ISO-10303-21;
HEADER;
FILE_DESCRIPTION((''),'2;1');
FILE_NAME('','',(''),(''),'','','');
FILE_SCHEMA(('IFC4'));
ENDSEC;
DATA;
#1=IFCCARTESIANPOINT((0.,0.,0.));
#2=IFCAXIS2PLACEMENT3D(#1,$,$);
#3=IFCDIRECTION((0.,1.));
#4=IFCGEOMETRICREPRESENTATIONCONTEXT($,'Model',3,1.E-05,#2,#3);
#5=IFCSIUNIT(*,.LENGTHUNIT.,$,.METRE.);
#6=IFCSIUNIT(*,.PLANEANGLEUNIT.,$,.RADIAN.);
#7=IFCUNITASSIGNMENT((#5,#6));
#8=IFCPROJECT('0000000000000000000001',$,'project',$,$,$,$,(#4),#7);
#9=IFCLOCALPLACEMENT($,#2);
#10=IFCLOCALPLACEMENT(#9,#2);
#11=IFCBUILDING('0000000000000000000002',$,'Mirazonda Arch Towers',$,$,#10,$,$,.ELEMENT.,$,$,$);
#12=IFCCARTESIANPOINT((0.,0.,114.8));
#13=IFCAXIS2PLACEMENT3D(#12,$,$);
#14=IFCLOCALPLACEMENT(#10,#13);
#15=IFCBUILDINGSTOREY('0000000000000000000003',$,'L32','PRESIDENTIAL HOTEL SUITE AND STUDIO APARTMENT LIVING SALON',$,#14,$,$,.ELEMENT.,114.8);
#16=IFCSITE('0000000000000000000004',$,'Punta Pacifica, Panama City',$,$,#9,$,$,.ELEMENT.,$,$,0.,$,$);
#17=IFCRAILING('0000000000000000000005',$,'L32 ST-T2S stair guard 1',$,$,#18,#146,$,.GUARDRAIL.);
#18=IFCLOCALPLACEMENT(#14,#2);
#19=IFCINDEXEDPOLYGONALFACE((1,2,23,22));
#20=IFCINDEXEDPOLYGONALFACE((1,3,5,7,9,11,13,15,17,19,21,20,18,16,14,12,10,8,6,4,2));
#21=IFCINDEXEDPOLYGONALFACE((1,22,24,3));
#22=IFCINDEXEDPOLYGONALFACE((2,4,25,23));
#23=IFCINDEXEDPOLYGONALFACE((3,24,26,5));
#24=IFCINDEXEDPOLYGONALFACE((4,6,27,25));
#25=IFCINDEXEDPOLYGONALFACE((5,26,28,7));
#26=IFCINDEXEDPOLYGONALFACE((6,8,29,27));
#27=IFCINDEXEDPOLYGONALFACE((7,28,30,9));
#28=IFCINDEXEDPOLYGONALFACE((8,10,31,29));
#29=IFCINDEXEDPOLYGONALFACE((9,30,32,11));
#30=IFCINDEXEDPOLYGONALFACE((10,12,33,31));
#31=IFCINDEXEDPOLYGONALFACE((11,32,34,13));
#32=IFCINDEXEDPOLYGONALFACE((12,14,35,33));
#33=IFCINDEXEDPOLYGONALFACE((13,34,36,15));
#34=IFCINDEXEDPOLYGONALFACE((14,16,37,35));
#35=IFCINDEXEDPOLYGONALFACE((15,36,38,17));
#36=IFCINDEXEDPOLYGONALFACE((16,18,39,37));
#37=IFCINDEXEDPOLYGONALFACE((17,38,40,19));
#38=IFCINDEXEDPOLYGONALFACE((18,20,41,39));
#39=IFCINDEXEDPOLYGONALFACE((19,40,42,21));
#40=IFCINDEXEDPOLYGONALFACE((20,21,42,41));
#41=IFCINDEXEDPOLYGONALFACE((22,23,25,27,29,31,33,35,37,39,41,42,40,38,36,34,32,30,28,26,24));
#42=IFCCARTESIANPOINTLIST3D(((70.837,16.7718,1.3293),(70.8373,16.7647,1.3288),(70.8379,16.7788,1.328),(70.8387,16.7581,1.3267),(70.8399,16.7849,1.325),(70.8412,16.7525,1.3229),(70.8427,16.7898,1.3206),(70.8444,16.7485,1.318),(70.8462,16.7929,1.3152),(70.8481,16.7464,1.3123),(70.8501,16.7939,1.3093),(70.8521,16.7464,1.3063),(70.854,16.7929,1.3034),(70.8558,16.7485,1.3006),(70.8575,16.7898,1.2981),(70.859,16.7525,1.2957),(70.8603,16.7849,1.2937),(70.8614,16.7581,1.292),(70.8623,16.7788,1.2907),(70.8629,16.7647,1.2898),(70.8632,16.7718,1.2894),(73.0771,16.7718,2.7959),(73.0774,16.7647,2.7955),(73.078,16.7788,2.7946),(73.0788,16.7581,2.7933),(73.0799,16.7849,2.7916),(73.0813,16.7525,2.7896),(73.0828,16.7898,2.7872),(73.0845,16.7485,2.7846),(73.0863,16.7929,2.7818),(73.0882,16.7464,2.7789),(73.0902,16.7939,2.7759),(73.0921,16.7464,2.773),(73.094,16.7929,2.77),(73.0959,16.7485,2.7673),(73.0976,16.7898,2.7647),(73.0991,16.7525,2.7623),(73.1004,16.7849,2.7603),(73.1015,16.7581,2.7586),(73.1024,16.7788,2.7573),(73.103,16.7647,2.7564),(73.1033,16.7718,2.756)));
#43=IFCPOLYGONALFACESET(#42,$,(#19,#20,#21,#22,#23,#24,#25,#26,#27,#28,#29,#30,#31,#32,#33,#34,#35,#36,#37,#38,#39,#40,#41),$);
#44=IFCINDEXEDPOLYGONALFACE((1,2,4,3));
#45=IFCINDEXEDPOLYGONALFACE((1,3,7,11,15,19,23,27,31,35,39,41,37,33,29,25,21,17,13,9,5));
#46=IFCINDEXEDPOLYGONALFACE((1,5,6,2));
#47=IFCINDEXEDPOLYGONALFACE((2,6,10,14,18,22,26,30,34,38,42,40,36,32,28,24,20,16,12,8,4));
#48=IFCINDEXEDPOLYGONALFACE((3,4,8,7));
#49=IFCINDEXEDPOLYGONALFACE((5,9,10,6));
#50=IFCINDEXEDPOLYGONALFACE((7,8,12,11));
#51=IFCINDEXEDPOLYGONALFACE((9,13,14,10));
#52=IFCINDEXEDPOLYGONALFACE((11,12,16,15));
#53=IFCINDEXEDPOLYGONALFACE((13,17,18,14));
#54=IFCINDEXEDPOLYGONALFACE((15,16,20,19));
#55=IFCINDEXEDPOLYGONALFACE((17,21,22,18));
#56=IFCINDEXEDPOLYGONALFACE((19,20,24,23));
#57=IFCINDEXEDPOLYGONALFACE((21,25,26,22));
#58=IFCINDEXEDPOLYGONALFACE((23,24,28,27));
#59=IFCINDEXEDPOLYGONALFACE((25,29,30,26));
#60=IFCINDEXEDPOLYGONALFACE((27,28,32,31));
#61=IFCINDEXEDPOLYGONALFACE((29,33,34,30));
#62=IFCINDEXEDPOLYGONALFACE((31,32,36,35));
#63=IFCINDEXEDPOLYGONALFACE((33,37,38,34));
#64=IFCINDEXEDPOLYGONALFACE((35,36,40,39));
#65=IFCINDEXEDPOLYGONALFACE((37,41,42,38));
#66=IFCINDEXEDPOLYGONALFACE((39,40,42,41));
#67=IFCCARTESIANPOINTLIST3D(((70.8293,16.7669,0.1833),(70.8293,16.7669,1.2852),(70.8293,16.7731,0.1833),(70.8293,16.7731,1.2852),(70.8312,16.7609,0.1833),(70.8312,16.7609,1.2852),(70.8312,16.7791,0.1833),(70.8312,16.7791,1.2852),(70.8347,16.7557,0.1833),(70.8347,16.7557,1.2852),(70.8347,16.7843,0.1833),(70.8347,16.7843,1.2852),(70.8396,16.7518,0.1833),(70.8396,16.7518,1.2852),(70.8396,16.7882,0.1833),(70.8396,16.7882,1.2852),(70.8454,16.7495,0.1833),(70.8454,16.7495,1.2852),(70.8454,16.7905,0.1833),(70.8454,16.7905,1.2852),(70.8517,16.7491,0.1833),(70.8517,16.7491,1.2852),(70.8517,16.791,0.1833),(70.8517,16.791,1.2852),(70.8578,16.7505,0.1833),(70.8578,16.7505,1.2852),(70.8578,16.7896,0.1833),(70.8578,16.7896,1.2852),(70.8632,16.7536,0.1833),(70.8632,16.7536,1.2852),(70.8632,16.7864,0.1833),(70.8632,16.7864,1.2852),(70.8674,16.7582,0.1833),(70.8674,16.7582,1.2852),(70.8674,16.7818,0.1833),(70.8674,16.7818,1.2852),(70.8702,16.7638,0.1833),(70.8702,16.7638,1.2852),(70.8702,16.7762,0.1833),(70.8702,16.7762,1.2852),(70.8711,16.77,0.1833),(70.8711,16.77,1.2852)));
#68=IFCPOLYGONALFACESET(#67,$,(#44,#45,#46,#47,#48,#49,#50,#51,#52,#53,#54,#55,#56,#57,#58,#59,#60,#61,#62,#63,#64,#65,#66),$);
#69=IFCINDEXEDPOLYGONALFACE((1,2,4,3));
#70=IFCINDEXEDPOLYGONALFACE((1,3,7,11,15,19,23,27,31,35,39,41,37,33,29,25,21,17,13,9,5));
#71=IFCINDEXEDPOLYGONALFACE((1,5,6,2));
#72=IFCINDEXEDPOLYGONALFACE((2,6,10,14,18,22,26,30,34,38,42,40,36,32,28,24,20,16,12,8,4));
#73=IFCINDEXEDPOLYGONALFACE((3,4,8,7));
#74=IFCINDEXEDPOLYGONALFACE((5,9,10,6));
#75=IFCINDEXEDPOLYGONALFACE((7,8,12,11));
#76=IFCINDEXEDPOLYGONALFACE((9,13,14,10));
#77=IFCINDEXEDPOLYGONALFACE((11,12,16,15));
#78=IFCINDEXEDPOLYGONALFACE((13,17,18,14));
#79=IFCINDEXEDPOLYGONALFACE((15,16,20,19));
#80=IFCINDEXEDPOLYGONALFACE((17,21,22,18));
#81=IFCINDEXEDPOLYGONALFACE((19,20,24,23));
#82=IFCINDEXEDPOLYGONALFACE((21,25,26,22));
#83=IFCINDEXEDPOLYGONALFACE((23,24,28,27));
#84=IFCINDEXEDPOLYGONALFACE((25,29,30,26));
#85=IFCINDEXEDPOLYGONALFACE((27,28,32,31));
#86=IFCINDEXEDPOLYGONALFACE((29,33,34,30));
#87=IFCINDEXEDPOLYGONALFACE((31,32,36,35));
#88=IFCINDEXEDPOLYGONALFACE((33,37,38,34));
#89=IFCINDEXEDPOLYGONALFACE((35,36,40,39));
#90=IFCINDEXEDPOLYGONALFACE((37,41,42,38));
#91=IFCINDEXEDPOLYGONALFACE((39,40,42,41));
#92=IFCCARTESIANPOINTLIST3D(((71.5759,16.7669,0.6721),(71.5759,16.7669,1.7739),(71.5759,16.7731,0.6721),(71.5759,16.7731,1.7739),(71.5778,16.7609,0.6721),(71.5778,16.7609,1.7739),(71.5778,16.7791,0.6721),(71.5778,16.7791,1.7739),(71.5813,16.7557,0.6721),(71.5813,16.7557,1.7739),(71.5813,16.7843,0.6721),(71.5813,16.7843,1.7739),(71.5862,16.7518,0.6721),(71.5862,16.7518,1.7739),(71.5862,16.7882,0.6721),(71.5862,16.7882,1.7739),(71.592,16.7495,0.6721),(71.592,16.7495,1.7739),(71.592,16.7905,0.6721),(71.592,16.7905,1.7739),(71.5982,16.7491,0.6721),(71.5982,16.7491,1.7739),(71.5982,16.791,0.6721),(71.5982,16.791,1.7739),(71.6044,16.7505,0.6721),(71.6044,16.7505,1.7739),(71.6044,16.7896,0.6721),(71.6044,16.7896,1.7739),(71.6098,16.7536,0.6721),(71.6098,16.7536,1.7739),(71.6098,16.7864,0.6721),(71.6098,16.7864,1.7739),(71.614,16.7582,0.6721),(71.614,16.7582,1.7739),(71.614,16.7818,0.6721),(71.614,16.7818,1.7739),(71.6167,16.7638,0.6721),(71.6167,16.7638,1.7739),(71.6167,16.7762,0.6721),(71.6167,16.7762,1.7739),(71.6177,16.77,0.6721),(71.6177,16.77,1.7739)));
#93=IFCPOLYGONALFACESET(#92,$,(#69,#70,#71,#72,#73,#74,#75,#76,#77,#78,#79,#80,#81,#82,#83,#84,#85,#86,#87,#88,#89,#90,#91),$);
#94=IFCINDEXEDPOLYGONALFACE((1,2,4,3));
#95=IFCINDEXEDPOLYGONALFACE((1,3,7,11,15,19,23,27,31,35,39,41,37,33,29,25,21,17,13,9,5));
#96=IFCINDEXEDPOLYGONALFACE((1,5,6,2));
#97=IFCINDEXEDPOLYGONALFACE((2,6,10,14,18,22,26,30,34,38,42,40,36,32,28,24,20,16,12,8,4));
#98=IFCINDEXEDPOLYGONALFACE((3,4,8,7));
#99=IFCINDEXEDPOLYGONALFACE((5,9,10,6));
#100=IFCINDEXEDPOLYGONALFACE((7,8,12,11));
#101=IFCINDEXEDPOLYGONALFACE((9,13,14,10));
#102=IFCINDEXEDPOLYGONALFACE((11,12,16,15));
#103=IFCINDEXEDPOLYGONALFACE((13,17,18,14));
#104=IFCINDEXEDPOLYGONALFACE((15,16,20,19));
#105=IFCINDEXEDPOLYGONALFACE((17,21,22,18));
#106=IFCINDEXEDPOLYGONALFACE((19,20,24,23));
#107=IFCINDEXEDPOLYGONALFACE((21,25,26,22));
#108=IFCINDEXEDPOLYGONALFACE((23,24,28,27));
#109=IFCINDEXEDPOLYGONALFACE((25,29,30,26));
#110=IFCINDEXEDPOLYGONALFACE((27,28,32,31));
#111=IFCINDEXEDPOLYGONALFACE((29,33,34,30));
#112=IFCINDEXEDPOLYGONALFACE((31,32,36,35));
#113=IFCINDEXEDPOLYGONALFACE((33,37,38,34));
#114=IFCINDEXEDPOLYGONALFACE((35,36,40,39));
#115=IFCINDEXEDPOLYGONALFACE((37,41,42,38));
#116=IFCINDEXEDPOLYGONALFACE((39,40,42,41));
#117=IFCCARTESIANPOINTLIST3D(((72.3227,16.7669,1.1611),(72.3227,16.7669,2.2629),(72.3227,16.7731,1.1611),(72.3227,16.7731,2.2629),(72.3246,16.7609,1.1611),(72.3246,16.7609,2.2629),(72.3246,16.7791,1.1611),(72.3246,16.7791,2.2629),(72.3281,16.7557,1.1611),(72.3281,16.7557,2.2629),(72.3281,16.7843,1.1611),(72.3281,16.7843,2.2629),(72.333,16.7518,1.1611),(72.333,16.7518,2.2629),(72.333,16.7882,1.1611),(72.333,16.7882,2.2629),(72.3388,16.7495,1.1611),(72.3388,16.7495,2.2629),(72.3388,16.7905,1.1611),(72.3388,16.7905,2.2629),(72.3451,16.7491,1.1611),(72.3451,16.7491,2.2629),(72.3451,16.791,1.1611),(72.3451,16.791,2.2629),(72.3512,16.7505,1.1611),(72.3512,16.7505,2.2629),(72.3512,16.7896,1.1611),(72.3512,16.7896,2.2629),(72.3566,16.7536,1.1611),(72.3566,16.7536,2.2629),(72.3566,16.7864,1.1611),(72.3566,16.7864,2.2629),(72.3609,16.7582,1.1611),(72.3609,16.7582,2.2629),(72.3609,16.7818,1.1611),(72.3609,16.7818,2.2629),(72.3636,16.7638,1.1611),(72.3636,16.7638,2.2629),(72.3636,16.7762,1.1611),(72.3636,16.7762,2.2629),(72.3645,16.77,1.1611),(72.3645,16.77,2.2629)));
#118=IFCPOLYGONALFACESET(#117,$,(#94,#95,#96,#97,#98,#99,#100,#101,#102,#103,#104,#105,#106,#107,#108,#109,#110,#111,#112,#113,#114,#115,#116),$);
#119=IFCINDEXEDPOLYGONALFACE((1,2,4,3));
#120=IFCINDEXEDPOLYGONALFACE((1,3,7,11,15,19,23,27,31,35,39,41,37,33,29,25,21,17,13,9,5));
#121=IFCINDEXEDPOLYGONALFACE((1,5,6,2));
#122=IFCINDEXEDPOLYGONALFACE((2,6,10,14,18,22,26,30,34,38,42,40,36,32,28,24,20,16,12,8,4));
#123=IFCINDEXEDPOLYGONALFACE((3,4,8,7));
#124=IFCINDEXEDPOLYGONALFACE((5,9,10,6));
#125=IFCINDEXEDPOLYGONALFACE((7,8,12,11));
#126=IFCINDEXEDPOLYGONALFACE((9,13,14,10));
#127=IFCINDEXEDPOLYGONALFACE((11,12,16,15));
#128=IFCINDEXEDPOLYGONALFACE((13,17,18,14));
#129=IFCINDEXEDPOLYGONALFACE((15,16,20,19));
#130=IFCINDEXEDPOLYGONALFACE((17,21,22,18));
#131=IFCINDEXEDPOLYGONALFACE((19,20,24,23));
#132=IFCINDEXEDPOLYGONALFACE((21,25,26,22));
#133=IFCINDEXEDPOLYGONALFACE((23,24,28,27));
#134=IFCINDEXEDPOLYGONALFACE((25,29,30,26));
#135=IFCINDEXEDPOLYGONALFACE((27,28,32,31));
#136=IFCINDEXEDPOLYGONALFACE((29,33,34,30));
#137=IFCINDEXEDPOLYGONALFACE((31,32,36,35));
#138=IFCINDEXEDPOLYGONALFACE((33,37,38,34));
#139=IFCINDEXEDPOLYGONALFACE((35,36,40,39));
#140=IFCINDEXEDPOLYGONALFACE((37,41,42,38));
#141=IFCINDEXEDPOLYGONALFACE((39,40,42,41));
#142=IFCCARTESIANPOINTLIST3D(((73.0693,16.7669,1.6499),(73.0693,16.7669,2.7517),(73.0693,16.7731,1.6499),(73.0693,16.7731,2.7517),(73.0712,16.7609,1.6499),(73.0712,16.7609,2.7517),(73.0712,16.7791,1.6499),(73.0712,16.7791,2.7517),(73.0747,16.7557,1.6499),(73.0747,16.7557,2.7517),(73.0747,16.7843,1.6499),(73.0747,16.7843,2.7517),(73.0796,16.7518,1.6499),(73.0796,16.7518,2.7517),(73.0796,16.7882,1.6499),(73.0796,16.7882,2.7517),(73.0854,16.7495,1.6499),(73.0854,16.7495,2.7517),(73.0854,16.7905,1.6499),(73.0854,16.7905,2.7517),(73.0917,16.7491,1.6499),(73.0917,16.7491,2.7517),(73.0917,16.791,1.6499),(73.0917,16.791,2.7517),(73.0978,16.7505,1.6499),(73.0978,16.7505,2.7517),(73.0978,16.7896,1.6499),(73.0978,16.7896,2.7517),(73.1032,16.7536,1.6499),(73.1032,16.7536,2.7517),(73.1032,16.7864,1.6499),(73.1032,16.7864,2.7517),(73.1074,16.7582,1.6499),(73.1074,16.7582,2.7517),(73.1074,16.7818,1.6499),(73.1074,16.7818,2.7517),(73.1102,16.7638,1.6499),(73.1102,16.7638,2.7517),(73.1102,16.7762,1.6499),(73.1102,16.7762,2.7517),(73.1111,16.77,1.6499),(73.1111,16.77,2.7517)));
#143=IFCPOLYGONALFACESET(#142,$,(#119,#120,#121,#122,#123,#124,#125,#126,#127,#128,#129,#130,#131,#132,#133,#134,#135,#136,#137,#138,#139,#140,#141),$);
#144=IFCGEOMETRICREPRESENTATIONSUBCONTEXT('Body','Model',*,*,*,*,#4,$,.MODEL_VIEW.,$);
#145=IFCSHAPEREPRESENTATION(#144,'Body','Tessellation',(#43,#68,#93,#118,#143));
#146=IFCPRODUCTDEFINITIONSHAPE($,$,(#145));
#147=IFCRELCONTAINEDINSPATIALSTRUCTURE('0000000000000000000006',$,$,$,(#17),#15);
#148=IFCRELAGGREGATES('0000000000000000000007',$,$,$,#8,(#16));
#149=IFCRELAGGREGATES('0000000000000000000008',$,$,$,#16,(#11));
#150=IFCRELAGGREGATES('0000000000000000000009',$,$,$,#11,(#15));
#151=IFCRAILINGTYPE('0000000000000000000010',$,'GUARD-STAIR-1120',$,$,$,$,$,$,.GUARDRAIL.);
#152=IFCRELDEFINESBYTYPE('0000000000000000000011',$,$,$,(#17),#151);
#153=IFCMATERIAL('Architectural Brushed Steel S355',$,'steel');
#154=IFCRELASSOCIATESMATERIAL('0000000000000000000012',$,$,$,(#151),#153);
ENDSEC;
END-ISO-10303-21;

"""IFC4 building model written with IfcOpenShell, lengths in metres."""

from ifc_helpers import new_model, si_unit, direction, frame, origin, origin_2d, place, context, subcontext, project, spatial, circle, extrude, material, type_object, element, save


model = new_model("IFC4")

# Units and contexts
model_context = context("Model", 3, precision=1e-05, world=origin(), true_north=direction((0.0, 1.0)))
body_context = subcontext(model_context, "Body", "Model", "MODEL_VIEW")
ifc_project = project(units=[si_unit("LENGTHUNIT", "METRE"), si_unit("PLANEANGLEUNIT", "RADIAN")], contexts=[model_context])

# Site, building, storey
site_placement = place(None, origin())
site = spatial("IfcSite", under=ifc_project, at=site_placement, Name="Punta Pacifica, Panama City", CompositionType="ELEMENT", RefElevation=0.0)
building_placement = place(site_placement, origin())
building = spatial("IfcBuilding", under=site, at=building_placement, Name="Mirazonda Arch Towers", CompositionType="ELEMENT")
storey_placement = place(building_placement, frame((0.0, 0.0, 114.8)))
storey = spatial("IfcBuildingStorey", under=building, at=storey_placement, Name="L32", Description="PRESIDENTIAL HOTEL SUITE AND STUDIO APARTMENT LIVING SALON", CompositionType="ELEMENT", Elevation=114.8)

# Shared definitions
ifc_material_1 = material(Name="Architectural Brushed Steel S355", Category="steel")

# Railing
railing_type = type_object("IfcRailingType", Name="GUARD-STAIR-1120", PredefinedType="GUARDRAIL", material=ifc_material_1)
railing_1_placement = place(storey_placement, frame((70.8501, 16.77, 0.1833)))
element("IfcRailing", 1, at=railing_1_placement, inside=storey, type_object=railing_type, Name="L32 ST-T2S stair guard 1", PredefinedType="GUARDRAIL", context=body_context, shape_type="SweptSolid", body=[
    extrude(circle(Radius=0.0239, at=origin_2d()), frame((0.0, 0.0, 1.126), z_axis=(0.836637, 0.0, 0.547758), x_axis=(0.0, 1.0, 0.0)), (0.0, 0.0, 1.0), 2.6775),
    extrude(circle(Radius=0.021, at=origin_2d()), origin(), (0.0, 0.0, 1.0), 1.1018),
    extrude(circle(Radius=0.021, at=origin_2d()), frame((0.7466, 0.0, 0.4888)), (0.0, 0.0, 1.0), 1.1018),
    extrude(circle(Radius=0.021, at=origin_2d()), frame((1.4934, 0.0, 0.9778)), (0.0, 0.0, 1.0), 1.1018),
    extrude(circle(Radius=0.021, at=origin_2d()), frame((2.24, 0.0, 1.4666)), (0.0, 0.0, 1.0), 1.1018),
])

save(model, "model.ifc")
